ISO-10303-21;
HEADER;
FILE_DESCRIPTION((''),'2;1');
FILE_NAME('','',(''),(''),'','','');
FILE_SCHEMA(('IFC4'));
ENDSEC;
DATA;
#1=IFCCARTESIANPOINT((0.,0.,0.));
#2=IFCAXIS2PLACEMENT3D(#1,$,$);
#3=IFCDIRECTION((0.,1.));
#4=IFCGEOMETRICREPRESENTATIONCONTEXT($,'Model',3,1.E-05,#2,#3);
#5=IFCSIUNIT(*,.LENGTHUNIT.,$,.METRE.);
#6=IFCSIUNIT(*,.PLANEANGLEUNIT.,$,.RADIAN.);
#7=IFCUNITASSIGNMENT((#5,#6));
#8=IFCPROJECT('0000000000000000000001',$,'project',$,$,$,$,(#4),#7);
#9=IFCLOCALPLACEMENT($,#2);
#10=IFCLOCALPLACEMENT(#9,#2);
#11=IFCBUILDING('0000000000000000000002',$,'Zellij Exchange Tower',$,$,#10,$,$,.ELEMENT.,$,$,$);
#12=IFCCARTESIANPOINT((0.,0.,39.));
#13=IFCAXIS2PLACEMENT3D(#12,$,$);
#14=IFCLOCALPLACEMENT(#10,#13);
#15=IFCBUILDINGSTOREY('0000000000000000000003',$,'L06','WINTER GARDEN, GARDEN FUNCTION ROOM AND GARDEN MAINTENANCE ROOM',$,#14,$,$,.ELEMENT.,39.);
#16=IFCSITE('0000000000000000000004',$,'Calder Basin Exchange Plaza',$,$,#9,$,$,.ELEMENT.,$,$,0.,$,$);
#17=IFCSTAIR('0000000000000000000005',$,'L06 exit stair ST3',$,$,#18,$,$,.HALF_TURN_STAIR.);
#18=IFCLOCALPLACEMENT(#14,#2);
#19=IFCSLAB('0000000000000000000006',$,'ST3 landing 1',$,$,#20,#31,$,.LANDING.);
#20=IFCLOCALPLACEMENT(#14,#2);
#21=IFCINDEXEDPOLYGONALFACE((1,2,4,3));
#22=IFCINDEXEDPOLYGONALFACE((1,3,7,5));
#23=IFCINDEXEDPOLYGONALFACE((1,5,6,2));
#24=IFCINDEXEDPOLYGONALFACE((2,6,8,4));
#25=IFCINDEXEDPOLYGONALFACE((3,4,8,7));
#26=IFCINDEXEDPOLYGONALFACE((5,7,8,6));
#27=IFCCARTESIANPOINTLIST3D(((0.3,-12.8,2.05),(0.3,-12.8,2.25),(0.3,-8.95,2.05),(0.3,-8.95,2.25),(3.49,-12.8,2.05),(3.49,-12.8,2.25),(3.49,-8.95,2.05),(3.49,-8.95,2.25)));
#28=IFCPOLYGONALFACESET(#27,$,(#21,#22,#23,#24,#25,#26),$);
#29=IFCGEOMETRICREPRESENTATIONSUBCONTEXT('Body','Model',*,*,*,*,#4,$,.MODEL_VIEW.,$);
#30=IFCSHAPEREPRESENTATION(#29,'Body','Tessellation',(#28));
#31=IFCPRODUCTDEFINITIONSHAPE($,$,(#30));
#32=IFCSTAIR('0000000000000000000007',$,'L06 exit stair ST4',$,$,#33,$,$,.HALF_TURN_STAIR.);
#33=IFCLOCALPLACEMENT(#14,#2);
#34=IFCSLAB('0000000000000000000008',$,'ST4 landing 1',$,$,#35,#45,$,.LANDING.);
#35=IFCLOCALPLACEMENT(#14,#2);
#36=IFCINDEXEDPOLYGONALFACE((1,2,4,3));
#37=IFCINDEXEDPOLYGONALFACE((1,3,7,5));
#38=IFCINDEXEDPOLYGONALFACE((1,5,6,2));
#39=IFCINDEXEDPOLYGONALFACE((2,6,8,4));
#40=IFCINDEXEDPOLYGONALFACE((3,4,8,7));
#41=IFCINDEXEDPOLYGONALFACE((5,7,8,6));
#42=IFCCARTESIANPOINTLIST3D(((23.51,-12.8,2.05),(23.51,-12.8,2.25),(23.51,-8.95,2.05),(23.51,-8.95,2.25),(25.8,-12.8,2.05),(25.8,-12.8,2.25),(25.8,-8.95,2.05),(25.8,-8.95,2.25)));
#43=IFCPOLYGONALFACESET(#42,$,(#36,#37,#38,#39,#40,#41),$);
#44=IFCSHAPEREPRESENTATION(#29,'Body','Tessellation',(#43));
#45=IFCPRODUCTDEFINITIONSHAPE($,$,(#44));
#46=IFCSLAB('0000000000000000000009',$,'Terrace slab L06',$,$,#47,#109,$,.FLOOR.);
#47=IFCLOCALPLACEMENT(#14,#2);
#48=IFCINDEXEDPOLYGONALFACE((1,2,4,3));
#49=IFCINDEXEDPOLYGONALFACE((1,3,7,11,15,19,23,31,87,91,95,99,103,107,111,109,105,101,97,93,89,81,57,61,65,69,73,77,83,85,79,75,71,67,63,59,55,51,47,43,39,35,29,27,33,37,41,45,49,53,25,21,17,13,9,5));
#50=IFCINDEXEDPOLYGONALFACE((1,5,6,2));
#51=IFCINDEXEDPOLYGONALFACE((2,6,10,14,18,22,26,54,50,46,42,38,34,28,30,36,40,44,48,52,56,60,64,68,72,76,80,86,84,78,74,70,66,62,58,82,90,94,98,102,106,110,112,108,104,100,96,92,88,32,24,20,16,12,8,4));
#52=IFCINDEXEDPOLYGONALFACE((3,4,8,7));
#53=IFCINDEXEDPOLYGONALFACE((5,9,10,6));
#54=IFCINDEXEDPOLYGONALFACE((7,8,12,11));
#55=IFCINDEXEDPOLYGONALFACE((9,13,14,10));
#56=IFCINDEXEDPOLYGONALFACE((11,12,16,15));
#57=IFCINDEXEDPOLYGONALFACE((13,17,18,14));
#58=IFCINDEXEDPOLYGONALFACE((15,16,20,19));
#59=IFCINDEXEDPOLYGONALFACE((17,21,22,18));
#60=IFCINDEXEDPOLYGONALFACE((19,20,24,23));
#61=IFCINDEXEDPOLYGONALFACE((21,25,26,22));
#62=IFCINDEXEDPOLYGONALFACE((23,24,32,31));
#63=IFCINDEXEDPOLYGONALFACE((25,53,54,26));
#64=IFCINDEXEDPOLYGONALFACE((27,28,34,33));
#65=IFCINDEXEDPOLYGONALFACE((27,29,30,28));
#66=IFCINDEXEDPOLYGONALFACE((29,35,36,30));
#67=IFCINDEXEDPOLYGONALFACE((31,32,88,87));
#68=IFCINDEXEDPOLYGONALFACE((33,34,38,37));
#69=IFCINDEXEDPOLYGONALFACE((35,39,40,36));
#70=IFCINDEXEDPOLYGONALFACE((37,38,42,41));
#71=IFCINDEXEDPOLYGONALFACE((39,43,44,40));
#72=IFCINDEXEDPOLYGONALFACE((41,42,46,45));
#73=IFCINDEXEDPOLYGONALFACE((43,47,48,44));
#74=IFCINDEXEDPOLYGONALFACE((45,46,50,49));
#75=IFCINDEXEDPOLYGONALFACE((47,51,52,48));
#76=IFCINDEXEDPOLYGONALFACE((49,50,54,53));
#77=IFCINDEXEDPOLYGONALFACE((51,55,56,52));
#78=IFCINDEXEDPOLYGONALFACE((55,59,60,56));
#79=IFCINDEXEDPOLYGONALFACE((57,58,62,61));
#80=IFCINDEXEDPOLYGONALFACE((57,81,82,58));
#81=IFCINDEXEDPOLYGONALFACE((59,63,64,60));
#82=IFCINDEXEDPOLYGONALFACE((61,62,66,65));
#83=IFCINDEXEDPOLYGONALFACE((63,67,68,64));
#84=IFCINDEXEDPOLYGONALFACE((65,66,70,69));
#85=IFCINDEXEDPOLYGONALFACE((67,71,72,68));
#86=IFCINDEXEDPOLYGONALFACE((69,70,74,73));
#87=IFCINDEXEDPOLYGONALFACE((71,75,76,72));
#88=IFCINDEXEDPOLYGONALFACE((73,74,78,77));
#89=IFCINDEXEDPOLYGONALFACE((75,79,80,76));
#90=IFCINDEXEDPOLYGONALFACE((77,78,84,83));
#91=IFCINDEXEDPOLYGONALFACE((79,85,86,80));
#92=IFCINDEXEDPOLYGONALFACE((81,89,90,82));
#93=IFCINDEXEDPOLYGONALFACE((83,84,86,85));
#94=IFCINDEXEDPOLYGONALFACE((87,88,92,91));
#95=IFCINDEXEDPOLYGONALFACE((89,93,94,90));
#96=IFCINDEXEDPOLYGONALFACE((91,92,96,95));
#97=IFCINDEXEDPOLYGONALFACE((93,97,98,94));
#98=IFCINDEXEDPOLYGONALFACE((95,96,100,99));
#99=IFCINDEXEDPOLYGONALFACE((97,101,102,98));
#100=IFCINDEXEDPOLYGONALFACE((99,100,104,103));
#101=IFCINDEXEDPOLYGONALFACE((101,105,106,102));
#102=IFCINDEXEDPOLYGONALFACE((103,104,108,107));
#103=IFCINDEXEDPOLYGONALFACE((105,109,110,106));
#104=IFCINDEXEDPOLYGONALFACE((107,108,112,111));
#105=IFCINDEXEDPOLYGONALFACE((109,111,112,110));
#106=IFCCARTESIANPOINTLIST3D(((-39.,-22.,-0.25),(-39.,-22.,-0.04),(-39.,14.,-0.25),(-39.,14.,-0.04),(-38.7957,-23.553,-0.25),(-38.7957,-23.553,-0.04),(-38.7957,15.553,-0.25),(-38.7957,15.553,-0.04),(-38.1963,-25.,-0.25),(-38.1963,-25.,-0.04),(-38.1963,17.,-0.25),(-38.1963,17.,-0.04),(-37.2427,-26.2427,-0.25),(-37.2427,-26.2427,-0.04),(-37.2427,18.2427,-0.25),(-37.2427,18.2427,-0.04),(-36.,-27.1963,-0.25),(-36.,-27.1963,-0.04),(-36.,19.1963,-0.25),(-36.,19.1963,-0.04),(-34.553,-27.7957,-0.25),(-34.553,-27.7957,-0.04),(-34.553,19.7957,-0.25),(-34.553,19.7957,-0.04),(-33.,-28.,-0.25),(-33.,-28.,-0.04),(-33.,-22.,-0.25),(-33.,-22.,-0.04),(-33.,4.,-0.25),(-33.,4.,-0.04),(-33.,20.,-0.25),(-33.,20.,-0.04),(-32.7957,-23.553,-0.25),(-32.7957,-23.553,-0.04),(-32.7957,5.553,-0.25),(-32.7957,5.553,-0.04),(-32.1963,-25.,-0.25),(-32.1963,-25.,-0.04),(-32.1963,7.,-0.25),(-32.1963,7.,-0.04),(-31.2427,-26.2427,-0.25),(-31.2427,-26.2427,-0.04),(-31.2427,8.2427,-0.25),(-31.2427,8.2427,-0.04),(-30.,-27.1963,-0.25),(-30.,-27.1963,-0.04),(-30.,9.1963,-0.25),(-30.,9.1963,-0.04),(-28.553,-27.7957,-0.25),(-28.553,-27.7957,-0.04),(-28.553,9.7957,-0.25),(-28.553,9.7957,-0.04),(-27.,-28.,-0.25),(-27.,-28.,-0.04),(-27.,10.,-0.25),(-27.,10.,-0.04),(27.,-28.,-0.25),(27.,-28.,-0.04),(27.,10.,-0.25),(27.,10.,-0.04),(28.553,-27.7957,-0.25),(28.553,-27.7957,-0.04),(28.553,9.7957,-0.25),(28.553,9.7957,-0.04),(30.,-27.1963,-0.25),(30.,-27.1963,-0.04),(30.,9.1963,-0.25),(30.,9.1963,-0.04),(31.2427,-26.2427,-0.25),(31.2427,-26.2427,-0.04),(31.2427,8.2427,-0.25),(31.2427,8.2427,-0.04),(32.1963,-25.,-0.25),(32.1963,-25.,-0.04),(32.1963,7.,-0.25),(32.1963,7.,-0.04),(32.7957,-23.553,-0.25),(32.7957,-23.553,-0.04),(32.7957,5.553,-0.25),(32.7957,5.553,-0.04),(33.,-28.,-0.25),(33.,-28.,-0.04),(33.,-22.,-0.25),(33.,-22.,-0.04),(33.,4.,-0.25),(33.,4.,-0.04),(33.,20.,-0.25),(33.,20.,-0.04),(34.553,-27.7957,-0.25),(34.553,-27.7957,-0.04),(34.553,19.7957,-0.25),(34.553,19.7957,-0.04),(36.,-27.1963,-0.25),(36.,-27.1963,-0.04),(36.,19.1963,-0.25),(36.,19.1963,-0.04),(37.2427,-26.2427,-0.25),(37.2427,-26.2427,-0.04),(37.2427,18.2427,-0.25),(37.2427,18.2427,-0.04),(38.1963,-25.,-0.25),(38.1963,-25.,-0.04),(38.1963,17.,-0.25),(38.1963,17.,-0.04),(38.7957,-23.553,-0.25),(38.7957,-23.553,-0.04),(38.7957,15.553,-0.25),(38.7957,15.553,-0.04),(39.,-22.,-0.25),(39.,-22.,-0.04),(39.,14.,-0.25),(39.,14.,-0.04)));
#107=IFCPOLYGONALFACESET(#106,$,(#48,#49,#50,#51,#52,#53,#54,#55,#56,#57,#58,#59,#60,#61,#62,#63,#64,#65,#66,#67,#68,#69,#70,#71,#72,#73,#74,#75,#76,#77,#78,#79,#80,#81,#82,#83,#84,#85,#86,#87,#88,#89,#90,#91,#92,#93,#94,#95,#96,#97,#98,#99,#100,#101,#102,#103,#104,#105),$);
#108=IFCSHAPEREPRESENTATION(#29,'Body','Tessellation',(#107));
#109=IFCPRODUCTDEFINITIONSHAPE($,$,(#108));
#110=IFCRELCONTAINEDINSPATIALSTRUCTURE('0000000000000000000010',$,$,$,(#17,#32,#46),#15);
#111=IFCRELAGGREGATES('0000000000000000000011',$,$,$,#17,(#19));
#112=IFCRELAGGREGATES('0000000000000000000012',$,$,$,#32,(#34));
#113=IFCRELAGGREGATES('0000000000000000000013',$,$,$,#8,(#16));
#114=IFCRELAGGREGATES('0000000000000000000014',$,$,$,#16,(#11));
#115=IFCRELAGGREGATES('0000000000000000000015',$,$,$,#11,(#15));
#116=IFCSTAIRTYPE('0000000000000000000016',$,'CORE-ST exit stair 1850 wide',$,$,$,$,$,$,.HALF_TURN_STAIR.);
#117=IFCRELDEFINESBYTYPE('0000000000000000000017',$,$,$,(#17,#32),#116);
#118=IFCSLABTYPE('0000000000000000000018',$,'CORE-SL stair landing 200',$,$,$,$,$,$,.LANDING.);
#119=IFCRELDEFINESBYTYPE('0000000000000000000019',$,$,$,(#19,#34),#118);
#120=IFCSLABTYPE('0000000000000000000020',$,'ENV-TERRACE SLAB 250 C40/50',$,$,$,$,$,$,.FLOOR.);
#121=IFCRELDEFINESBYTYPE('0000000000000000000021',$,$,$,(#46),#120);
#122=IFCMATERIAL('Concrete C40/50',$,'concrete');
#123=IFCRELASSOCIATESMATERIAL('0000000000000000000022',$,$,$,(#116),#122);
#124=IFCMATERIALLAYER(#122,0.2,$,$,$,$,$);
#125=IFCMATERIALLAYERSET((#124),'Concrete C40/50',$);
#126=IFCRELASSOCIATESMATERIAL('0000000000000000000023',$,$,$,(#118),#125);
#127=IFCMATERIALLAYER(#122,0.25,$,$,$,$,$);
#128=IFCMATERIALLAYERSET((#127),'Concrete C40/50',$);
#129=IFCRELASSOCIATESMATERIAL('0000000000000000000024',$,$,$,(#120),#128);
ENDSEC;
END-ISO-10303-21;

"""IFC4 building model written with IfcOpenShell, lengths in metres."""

from ifc_helpers import new_model, si_unit, direction, frame, origin, place, context, subcontext, project, spatial, polyline, outline, extrude, material, layer, layer_set, type_object, element, aggregate, save


model = new_model("IFC4")

# Units and contexts
model_context = context("Model", 3, precision=1e-05, world=origin(), true_north=direction((0.0, 1.0)))
body_context = subcontext(model_context, "Body", "Model", "MODEL_VIEW")
ifc_project = project(units=[si_unit("LENGTHUNIT", "METRE"), si_unit("PLANEANGLEUNIT", "RADIAN")], contexts=[model_context])

# Site, building, storey
site_placement = place(None, origin())
site = spatial("IfcSite", under=ifc_project, at=site_placement, Name="Calder Basin Exchange Plaza", CompositionType="ELEMENT", RefElevation=0.0)
building_placement = place(site_placement, origin())
building = spatial("IfcBuilding", under=site, at=building_placement, Name="Zellij Exchange Tower", CompositionType="ELEMENT")
storey_placement = place(building_placement, frame((0.0, 0.0, 39.0)))
storey = spatial("IfcBuildingStorey", under=building, at=storey_placement, Name="L06", Description="WINTER GARDEN, GARDEN FUNCTION ROOM AND GARDEN MAINTENANCE ROOM", CompositionType="ELEMENT", Elevation=39.0)

# Stairs, slabs
ifc_material_1 = material(Name="Concrete C40/50", Category="concrete")
stair_type = type_object("IfcStairType", Name="CORE-ST exit stair 1850 wide", PredefinedType="HALF_TURN_STAIR", material=ifc_material_1)
ifc_layer_1 = layer(ifc_material_1, 0.2)
ifc_layer_set_1 = layer_set([ifc_layer_1], Name="Concrete C40/50")
slab_type_1 = type_object("IfcSlabType", Name="CORE-SL stair landing 200", PredefinedType="LANDING", material=ifc_layer_set_1)
stair_1_placement = place(storey_placement, origin())
stair_1 = element("IfcStair", 1, at=stair_1_placement, inside=storey, type_object=stair_type, Name="L06 exit stair ST3", PredefinedType="HALF_TURN_STAIR")
slab_1_placement = place(storey_placement, frame((0.0, 0.0, 2.05)))
slab_1 = element("IfcSlab", 2, at=slab_1_placement, type_object=slab_type_1, Name="ST3 landing 1", PredefinedType="LANDING", context=body_context, shape_type="SweptSolid", body=[
    extrude(outline(polyline([(3.49, -8.95), (0.3, -8.95), (0.3, -12.8), (3.49, -12.8), (3.49, -8.95)])), origin(), (0.0, 0.0, 1.0), 0.2),
])
aggregate(stair_1, [slab_1])
stair_2_placement = place(storey_placement, origin())
stair_2 = element("IfcStair", 3, at=stair_2_placement, inside=storey, type_object=stair_type, Name="L06 exit stair ST4", PredefinedType="HALF_TURN_STAIR")
slab_2_placement = place(storey_placement, frame((0.0, 0.0, 2.05)))
slab_2 = element("IfcSlab", 4, at=slab_2_placement, type_object=slab_type_1, Name="ST4 landing 1", PredefinedType="LANDING", context=body_context, shape_type="SweptSolid", body=[
    extrude(outline(polyline([(23.51, -12.8), (25.8, -12.8), (25.8, -8.95), (23.51, -8.95), (23.51, -12.8)])), origin(), (0.0, 0.0, 1.0), 0.2),
])
aggregate(stair_2, [slab_2])

# Slab
ifc_layer_2 = layer(ifc_material_1, 0.25)
ifc_layer_set_2 = layer_set([ifc_layer_2], Name="Concrete C40/50")
slab_type_2 = type_object("IfcSlabType", Name="ENV-TERRACE SLAB 250 C40/50", PredefinedType="FLOOR", material=ifc_layer_set_2)
slab_3_placement = place(storey_placement, frame((0.0, 0.0, -0.25)))
element("IfcSlab", 5, at=slab_3_placement, inside=storey, type_object=slab_type_2, Name="Terrace slab L06", PredefinedType="FLOOR", context=body_context, shape_type="SweptSolid", body=[
    extrude(outline(polyline([(-31.2427, -26.2427), (-32.1963, -25.0), (-32.7957, -23.553), (-33.0, -22.0), (-33.0, 4.0), (-32.7957, 5.553), (-32.1963, 7.0), (-31.2427, 8.2427), (-30.0, 9.1963), (-28.553, 9.7957), (-27.0, 10.0), (27.0, 10.0), (28.553, 9.7957), (30.0, 9.1963), (31.2427, 8.2427), (32.1963, 7.0), (32.7957, 5.553), (33.0, 4.0), (33.0, -22.0), (32.7957, -23.553), (32.1963, -25.0), (31.2427, -26.2427), (30.0, -27.1963), (28.553, -27.7957), (27.0, -28.0), (33.0, -28.0), (34.553, -27.7957), (36.0, -27.1963), (37.2427, -26.2427), (38.1963, -25.0), (38.7957, -23.553), (39.0, -22.0), (39.0, 14.0), (38.7957, 15.553), (38.1963, 17.0), (37.2427, 18.2427), (36.0, 19.1963), (34.553, 19.7957), (33.0, 20.0), (-33.0, 20.0), (-34.553, 19.7957), (-36.0, 19.1963), (-37.2427, 18.2427), (-38.1963, 17.0), (-38.7957, 15.553), (-39.0, 14.0), (-39.0, -22.0), (-38.7957, -23.553), (-38.1963, -25.0), (-37.2427, -26.2427), (-36.0, -27.1963), (-34.553, -27.7957), (-33.0, -28.0), (-27.0, -28.0), (-28.553, -27.7957), (-30.0, -27.1963), (-31.2427, -26.2427)])), origin(), (0.0, 0.0, 1.0), 0.21),
])

save(model, "model.ifc")
